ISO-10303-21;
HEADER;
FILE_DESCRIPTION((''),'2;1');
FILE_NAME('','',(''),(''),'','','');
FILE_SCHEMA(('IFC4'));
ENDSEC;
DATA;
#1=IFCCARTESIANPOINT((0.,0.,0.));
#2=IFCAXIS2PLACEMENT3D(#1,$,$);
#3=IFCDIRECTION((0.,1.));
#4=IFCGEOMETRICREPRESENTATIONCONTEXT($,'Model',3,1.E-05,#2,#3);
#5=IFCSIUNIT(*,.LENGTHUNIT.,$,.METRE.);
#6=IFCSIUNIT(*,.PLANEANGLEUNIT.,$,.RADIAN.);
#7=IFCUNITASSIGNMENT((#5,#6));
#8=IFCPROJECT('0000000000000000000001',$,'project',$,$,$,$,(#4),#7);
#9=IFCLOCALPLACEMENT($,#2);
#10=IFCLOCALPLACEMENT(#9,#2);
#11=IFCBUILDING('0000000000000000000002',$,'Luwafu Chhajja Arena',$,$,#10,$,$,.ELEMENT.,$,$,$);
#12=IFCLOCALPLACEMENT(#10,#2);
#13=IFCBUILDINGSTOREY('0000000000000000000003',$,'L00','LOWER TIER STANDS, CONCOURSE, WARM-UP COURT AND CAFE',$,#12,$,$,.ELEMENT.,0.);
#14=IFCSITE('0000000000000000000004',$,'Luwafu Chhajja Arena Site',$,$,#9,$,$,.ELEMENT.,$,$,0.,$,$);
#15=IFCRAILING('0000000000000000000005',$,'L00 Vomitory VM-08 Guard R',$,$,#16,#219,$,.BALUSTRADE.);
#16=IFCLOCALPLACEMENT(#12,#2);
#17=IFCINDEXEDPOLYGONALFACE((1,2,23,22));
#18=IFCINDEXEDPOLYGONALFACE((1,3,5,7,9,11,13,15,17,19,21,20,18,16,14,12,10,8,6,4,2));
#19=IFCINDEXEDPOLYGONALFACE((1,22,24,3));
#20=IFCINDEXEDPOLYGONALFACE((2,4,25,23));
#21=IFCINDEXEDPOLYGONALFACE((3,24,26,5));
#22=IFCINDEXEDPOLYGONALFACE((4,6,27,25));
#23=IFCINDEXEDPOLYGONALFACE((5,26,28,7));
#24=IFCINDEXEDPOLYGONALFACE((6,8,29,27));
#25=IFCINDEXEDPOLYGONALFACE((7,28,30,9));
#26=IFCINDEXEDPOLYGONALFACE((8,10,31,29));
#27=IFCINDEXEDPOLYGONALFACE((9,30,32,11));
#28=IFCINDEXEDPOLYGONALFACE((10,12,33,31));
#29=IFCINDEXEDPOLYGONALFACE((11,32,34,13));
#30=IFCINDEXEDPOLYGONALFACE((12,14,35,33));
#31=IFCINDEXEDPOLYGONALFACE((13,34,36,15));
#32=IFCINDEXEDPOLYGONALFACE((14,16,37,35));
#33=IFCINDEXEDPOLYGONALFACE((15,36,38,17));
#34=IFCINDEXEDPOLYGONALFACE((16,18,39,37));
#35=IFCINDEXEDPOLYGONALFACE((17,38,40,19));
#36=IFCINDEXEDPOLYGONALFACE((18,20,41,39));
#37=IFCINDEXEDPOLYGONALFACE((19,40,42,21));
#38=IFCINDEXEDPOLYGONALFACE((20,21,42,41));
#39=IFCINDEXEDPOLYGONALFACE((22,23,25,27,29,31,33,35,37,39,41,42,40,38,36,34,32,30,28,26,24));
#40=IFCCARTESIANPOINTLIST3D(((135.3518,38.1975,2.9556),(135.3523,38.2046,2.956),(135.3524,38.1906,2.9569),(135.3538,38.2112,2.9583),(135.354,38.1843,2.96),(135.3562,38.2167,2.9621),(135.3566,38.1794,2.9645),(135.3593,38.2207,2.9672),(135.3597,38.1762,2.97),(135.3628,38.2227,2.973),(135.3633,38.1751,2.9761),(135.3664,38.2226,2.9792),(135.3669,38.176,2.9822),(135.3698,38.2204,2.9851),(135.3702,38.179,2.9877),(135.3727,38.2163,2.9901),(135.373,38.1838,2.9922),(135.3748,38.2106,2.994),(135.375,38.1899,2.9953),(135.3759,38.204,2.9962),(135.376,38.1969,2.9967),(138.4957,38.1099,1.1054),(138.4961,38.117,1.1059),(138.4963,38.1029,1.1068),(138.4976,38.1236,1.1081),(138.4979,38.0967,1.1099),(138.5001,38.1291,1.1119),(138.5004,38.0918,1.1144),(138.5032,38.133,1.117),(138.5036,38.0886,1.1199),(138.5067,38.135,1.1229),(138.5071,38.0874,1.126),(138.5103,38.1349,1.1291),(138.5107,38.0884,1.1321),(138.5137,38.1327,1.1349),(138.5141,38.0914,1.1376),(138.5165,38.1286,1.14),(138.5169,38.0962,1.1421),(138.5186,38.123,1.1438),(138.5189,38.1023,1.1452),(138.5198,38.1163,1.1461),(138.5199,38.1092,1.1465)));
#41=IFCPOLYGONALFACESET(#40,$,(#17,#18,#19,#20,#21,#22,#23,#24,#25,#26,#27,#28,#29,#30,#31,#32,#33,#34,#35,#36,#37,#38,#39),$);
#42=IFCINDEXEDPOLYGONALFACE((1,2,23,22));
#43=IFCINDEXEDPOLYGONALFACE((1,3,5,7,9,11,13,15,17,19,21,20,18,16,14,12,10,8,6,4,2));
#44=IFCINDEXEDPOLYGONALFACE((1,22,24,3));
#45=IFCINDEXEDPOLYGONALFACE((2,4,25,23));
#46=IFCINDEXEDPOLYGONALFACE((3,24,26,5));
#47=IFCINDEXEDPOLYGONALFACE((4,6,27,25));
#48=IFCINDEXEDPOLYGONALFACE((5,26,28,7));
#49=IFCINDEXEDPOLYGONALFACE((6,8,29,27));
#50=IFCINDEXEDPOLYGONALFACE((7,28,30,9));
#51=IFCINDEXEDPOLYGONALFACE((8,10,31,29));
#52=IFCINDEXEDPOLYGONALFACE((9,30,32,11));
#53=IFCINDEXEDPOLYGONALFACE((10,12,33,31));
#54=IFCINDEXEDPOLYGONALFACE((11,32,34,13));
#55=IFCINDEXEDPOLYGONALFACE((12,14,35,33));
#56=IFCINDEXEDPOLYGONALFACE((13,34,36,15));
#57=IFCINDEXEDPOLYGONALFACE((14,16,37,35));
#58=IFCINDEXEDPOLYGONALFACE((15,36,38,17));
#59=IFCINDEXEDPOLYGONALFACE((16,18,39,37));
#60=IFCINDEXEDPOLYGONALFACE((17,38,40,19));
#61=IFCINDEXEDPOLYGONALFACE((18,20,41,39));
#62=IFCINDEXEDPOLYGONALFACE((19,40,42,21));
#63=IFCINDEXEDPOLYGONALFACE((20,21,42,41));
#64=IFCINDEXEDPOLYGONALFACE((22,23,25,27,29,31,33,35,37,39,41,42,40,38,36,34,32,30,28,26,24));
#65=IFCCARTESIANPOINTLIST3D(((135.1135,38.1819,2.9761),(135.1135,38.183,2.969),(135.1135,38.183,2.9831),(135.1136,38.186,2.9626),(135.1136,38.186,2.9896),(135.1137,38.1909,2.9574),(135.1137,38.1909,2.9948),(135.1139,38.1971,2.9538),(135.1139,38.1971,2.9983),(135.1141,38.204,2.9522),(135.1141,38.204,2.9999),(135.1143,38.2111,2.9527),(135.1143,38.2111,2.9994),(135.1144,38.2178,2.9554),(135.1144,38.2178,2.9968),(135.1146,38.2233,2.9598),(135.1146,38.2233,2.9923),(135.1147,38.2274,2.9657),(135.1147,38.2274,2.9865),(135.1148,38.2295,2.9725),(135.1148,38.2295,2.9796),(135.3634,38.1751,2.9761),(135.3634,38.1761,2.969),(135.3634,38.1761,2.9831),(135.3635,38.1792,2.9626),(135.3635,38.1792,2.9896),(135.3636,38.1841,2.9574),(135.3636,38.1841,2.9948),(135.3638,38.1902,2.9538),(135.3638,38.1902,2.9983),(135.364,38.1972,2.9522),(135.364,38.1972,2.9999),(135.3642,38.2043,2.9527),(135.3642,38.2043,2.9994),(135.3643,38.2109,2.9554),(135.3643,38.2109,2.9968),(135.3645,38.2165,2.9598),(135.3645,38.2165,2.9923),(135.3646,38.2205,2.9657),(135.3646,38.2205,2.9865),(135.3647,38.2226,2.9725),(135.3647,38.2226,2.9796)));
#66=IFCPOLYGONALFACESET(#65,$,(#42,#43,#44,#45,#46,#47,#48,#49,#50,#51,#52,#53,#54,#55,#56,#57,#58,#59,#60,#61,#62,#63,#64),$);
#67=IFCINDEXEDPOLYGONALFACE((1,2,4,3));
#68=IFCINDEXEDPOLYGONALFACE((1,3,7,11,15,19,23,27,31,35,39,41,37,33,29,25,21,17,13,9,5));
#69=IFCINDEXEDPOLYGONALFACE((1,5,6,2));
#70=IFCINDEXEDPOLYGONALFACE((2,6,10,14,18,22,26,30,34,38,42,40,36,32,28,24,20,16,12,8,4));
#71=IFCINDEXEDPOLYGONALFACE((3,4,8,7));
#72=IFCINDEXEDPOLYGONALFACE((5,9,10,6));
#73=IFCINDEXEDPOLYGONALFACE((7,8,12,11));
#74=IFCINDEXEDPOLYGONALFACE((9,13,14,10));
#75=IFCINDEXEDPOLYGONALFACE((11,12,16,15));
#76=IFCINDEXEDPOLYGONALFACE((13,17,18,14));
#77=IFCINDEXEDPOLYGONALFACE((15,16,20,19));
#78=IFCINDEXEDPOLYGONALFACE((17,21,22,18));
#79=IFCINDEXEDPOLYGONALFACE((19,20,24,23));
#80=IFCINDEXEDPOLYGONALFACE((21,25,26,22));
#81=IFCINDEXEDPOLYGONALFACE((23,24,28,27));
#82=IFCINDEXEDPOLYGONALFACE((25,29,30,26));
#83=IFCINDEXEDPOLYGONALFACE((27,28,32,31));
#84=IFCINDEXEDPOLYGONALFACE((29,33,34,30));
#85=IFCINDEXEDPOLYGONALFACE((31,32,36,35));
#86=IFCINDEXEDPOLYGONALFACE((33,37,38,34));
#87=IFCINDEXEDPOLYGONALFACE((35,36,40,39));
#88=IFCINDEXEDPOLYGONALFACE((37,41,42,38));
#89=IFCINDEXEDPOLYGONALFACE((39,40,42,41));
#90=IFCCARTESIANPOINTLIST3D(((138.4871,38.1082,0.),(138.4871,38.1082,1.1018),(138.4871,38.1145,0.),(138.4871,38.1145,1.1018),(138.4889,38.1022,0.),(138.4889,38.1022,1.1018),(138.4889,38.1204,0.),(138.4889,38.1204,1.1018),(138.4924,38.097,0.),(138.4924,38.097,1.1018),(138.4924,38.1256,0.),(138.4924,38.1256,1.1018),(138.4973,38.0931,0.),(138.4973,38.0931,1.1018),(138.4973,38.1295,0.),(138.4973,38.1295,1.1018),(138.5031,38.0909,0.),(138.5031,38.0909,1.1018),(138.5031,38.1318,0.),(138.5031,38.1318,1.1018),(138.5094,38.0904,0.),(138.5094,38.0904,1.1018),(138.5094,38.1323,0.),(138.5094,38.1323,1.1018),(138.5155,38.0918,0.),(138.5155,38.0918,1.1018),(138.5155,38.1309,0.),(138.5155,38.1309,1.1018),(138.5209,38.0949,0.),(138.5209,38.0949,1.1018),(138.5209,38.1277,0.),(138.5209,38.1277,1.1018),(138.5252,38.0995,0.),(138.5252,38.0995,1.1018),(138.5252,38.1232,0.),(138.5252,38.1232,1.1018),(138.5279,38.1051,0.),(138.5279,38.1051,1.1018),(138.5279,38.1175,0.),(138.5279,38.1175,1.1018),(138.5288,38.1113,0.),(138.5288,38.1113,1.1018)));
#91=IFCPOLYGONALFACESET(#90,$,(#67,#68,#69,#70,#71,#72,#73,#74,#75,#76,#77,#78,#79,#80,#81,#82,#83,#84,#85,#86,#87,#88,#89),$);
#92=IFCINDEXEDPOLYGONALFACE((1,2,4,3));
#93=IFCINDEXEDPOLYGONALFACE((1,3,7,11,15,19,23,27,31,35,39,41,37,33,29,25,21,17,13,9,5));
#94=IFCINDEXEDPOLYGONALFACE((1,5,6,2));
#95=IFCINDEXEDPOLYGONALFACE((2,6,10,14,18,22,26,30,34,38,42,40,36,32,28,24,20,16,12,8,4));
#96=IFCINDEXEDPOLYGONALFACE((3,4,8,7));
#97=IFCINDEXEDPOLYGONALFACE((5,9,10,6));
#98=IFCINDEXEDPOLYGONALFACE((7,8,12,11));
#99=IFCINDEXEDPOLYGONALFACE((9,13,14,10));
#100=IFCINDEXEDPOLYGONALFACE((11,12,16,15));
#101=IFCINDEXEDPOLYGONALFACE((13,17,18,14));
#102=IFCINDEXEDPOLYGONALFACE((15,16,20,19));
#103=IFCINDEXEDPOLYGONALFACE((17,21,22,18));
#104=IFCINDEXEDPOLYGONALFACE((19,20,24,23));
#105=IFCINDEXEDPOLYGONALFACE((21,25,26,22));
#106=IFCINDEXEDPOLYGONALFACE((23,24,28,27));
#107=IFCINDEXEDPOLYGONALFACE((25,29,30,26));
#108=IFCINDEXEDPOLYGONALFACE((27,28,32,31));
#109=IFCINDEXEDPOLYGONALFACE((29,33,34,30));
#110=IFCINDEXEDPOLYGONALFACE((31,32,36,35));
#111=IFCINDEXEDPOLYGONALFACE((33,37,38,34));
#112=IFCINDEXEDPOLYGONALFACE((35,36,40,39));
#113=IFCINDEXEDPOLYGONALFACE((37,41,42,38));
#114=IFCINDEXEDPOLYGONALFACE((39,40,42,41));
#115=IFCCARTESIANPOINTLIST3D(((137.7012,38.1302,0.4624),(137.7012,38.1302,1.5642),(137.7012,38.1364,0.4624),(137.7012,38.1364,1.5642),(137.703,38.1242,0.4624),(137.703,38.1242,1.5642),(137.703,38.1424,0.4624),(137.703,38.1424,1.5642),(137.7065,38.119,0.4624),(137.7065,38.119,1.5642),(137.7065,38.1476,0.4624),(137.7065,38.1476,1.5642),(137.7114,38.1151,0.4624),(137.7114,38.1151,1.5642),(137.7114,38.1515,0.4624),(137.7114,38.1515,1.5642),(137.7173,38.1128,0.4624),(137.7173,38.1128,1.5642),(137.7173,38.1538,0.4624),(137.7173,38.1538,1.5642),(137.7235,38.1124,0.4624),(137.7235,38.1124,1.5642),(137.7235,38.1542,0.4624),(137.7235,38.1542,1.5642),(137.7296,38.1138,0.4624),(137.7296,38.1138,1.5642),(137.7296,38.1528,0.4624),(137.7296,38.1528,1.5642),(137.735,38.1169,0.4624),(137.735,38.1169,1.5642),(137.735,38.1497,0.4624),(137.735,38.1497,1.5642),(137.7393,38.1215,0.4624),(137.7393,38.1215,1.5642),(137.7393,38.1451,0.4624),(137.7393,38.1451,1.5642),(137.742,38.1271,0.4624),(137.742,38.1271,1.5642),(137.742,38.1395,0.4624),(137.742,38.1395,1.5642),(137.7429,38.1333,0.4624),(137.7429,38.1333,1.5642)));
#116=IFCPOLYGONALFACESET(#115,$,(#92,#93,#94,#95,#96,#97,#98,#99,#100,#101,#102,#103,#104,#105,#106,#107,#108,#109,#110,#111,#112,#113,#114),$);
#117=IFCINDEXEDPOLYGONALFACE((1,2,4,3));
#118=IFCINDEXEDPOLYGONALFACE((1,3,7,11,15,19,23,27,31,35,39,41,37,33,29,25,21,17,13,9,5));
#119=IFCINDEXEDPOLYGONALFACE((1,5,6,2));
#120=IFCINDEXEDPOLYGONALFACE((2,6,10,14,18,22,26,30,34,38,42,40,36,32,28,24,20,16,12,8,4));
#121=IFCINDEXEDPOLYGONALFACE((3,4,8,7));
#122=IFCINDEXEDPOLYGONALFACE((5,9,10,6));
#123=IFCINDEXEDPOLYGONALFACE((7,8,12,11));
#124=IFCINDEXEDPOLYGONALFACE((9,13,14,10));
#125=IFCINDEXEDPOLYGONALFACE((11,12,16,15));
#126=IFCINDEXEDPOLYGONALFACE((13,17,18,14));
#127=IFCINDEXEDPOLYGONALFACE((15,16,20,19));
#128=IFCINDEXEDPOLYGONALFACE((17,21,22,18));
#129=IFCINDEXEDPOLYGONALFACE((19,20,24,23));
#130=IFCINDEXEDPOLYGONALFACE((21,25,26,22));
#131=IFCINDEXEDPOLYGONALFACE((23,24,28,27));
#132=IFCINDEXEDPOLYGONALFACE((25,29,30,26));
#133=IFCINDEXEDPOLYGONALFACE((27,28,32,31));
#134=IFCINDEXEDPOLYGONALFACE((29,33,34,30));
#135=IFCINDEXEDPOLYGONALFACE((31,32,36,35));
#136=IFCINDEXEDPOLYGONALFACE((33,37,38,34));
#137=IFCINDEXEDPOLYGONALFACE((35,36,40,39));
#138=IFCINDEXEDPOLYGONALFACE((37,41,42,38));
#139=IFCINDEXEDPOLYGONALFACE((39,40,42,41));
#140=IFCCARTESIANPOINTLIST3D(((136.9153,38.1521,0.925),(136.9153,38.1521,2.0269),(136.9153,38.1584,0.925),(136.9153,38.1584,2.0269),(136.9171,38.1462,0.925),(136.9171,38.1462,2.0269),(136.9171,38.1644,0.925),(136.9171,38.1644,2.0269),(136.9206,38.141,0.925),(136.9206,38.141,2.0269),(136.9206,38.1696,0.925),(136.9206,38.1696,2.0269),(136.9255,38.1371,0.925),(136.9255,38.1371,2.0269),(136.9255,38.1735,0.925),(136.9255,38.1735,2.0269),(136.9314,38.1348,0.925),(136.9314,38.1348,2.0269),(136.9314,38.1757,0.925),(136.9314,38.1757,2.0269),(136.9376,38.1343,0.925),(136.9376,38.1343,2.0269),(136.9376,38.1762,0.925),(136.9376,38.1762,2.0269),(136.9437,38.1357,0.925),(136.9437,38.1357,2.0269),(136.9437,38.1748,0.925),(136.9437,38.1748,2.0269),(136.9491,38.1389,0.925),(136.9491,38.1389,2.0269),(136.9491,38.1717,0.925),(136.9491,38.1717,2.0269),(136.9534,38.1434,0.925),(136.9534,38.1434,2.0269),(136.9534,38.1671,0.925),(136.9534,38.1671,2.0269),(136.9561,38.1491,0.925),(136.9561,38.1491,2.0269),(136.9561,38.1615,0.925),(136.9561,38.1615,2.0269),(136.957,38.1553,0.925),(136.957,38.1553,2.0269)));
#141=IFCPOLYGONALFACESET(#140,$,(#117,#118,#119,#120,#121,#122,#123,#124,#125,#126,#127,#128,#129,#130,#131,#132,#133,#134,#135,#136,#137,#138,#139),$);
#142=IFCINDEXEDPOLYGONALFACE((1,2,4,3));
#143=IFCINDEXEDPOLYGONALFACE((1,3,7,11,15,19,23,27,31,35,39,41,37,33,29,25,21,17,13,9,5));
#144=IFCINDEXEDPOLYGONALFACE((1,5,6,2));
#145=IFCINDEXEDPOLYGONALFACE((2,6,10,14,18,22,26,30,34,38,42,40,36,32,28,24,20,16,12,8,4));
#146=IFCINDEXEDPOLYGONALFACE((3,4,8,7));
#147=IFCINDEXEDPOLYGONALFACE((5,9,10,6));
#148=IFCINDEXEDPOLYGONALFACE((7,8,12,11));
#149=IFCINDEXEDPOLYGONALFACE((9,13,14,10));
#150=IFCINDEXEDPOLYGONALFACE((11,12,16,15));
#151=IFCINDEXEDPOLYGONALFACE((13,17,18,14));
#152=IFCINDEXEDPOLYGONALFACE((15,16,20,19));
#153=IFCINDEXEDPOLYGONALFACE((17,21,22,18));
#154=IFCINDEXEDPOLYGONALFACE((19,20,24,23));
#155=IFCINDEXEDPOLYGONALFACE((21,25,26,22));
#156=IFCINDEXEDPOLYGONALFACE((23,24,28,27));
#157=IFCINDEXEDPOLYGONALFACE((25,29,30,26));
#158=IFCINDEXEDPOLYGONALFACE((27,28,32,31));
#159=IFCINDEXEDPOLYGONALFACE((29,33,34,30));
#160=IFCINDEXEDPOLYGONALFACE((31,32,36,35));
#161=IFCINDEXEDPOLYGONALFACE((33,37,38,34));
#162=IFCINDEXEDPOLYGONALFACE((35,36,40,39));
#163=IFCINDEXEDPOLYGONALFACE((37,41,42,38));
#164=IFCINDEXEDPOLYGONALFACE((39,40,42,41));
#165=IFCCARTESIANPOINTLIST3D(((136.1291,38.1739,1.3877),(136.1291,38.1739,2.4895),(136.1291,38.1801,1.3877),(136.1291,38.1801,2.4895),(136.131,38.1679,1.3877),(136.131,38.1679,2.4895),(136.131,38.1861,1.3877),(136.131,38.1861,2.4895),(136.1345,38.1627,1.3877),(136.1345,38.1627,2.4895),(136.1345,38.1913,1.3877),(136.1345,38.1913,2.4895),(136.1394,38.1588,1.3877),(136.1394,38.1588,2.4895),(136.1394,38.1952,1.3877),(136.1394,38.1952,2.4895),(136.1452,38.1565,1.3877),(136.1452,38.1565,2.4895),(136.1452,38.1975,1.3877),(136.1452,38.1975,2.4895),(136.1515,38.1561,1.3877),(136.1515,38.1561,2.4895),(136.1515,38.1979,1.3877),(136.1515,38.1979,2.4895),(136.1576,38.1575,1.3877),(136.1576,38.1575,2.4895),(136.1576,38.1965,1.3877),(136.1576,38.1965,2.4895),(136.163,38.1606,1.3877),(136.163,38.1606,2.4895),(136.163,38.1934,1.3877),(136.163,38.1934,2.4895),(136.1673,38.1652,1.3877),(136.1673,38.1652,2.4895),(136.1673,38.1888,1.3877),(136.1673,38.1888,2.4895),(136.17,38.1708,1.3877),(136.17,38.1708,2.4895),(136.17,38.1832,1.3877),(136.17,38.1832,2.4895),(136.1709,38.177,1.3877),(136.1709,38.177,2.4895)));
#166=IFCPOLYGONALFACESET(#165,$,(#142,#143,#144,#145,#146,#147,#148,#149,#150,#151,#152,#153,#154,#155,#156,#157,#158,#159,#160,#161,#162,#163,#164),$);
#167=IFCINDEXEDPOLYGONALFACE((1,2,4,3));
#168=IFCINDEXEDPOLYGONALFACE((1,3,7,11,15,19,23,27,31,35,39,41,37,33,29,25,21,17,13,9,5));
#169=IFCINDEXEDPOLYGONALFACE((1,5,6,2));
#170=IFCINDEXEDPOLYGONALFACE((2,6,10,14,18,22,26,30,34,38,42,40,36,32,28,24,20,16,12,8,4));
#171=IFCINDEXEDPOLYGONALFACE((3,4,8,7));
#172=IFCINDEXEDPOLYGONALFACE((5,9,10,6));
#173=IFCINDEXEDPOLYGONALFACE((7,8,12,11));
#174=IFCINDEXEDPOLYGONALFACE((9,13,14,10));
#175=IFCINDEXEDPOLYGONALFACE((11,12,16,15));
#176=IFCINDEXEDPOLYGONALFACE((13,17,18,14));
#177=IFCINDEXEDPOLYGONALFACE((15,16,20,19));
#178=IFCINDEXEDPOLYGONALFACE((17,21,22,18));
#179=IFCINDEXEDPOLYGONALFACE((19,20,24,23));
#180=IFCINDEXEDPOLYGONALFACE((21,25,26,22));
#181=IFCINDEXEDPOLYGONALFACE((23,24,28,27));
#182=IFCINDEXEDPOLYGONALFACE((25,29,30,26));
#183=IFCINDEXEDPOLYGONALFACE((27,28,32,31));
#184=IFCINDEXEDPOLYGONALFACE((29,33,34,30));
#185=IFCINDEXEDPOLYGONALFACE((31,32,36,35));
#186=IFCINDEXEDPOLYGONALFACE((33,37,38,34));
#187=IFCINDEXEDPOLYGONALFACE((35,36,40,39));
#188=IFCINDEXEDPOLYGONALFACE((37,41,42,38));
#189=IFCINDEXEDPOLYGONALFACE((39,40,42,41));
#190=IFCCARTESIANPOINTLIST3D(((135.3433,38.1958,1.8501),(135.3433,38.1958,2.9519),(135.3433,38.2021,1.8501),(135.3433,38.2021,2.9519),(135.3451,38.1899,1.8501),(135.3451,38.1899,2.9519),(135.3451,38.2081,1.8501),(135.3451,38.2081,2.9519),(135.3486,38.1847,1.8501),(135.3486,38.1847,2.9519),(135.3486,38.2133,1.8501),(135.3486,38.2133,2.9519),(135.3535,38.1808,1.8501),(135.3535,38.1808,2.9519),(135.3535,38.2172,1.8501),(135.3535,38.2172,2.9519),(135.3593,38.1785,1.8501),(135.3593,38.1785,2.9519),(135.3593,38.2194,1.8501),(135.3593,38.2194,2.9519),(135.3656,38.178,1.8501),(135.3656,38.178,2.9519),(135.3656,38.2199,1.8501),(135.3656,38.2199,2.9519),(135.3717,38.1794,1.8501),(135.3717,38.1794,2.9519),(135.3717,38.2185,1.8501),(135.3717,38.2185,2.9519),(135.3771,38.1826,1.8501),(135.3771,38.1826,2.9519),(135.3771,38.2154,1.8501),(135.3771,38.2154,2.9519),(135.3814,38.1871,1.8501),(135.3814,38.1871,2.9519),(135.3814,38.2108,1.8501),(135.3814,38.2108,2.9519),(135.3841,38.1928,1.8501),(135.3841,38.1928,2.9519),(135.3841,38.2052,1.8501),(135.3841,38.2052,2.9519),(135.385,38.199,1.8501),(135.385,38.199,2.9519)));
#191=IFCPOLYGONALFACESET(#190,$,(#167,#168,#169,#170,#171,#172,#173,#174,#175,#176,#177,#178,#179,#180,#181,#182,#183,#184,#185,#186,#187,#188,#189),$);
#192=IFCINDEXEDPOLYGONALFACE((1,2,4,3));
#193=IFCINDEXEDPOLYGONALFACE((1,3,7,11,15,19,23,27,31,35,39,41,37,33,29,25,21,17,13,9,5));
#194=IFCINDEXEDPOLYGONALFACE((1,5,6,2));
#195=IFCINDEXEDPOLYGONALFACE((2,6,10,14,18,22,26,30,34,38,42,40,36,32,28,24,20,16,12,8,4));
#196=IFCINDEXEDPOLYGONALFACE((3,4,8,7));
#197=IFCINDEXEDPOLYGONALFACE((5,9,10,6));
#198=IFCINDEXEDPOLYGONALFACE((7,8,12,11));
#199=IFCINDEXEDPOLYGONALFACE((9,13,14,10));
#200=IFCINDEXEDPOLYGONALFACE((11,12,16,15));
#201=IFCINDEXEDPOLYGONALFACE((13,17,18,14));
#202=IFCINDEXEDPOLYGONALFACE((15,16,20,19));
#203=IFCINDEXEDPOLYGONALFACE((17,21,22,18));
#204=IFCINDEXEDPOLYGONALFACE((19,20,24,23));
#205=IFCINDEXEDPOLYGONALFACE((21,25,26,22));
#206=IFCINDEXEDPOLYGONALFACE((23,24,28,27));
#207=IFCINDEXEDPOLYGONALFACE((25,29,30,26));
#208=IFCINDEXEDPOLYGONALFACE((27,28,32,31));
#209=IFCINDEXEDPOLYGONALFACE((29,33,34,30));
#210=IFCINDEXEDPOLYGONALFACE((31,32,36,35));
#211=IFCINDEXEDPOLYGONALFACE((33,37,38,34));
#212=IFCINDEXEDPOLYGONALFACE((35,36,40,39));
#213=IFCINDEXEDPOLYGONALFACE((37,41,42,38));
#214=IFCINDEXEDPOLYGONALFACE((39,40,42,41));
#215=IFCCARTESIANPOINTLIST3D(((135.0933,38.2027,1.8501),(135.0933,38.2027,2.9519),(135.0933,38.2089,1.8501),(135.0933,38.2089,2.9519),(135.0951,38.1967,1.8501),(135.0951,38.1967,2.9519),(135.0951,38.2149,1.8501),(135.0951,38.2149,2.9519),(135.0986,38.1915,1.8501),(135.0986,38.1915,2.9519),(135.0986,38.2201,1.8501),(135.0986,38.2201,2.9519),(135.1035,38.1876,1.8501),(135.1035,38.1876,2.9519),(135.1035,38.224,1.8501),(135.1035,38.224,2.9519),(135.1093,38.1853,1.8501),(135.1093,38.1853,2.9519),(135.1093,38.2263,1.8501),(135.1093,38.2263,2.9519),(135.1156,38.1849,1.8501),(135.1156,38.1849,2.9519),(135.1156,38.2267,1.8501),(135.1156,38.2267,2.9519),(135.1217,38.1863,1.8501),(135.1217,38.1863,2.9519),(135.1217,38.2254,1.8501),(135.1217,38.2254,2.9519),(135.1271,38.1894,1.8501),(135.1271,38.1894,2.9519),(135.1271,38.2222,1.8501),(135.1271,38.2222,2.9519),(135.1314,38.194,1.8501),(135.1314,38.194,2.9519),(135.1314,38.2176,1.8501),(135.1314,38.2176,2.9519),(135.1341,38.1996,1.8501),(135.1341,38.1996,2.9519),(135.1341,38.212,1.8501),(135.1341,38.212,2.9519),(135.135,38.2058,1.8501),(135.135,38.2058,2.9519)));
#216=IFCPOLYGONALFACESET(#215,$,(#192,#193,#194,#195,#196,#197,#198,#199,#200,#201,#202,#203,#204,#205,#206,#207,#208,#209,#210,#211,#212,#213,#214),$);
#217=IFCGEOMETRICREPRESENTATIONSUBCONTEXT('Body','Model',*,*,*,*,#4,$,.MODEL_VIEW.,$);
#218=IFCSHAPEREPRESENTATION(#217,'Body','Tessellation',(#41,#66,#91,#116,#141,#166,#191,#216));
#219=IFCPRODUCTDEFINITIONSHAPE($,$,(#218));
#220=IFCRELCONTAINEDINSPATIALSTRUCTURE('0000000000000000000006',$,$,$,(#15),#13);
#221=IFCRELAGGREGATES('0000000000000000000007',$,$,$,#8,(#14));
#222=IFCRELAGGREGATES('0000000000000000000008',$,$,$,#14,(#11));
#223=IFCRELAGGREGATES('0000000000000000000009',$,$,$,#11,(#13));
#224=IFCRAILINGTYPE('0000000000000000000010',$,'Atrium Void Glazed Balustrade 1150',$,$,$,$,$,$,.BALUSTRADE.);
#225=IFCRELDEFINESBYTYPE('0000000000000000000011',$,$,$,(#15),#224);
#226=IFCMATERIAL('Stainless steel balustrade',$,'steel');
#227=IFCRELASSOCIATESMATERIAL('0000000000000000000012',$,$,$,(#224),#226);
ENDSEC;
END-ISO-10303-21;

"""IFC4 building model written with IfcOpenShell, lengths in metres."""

from ifc_helpers import new_model, si_unit, direction, frame, origin, origin_2d, place, context, subcontext, project, spatial, circle, extrude, material, type_object, element, save


model = new_model("IFC4")

# Units and contexts
model_context = context("Model", 3, precision=1e-05, world=origin(), true_north=direction((0.0, 1.0)))
body_context = subcontext(model_context, "Body", "Model", "MODEL_VIEW")
ifc_project = project(units=[si_unit("LENGTHUNIT", "METRE"), si_unit("PLANEANGLEUNIT", "RADIAN")], contexts=[model_context])

# Site, building, storey
site_placement = place(None, origin())
site = spatial("IfcSite", under=ifc_project, at=site_placement, Name="Luwafu Chhajja Arena Site", CompositionType="ELEMENT", RefElevation=0.0)
building_placement = place(site_placement, origin())
building = spatial("IfcBuilding", under=site, at=building_placement, Name="Luwafu Chhajja Arena", CompositionType="ELEMENT")
storey_placement = place(building_placement, origin())
storey = spatial("IfcBuildingStorey", under=building, at=storey_placement, Name="L00", Description="LOWER TIER STANDS, CONCOURSE, WARM-UP COURT AND CAFE", CompositionType="ELEMENT", Elevation=0.0)

# Railing
ifc_material_1 = material(Name="Stainless steel balustrade", Category="steel")
railing_type_1 = type_object("IfcRailingType", Name="Atrium Void Glazed Balustrade 1150", PredefinedType="BALUSTRADE", material=ifc_material_1)
railing_1_placement = place(storey_placement, frame((138.5078, 38.1113, 0.0)))
element("IfcRailing", 1, at=railing_1_placement, inside=storey, type_object=railing_type_1, Name="L00 Vomitory VM-08 Guard R", PredefinedType="BALUSTRADE", context=body_context, shape_type="SweptSolid", body=[
    extrude(circle(Radius=0.0239, at=origin_2d()), frame((0.0, 0.0, 1.126), z_axis=(-0.861589, 0.02402, 0.507038), x_axis=(-0.027868, -0.999612, 0.0)), (0.0, 0.0, 1.0), 3.6489),
    extrude(circle(Radius=0.0239, at=origin_2d()), frame((-3.1438, 0.0876, 2.9761), z_axis=(-0.999626, 0.027334, 0.0), x_axis=(-0.027334, -0.999626, 0.0)), (0.0, 0.0, 1.0), 0.25),
    extrude(circle(Radius=0.021, at=origin_2d()), origin(), (0.0, 0.0, 1.0), 1.1018),
    extrude(circle(Radius=0.021, at=origin_2d()), frame((-0.7859, 0.022, 0.4624)), (0.0, 0.0, 1.0), 1.1018),
    extrude(circle(Radius=0.021, at=origin_2d()), frame((-1.5718, 0.0439, 0.925)), (0.0, 0.0, 1.0), 1.1018),
    extrude(circle(Radius=0.021, at=origin_2d()), frame((-2.3579, 0.0657, 1.3877)), (0.0, 0.0, 1.0), 1.1018),
    extrude(circle(Radius=0.021, at=origin_2d()), frame((-3.1438, 0.0876, 1.8501)), (0.0, 0.0, 1.0), 1.1018),
    extrude(circle(Radius=0.021, at=origin_2d()), frame((-3.3938, 0.0945, 1.8501)), (0.0, 0.0, 1.0), 1.1018),
])

save(model, "model.ifc")
